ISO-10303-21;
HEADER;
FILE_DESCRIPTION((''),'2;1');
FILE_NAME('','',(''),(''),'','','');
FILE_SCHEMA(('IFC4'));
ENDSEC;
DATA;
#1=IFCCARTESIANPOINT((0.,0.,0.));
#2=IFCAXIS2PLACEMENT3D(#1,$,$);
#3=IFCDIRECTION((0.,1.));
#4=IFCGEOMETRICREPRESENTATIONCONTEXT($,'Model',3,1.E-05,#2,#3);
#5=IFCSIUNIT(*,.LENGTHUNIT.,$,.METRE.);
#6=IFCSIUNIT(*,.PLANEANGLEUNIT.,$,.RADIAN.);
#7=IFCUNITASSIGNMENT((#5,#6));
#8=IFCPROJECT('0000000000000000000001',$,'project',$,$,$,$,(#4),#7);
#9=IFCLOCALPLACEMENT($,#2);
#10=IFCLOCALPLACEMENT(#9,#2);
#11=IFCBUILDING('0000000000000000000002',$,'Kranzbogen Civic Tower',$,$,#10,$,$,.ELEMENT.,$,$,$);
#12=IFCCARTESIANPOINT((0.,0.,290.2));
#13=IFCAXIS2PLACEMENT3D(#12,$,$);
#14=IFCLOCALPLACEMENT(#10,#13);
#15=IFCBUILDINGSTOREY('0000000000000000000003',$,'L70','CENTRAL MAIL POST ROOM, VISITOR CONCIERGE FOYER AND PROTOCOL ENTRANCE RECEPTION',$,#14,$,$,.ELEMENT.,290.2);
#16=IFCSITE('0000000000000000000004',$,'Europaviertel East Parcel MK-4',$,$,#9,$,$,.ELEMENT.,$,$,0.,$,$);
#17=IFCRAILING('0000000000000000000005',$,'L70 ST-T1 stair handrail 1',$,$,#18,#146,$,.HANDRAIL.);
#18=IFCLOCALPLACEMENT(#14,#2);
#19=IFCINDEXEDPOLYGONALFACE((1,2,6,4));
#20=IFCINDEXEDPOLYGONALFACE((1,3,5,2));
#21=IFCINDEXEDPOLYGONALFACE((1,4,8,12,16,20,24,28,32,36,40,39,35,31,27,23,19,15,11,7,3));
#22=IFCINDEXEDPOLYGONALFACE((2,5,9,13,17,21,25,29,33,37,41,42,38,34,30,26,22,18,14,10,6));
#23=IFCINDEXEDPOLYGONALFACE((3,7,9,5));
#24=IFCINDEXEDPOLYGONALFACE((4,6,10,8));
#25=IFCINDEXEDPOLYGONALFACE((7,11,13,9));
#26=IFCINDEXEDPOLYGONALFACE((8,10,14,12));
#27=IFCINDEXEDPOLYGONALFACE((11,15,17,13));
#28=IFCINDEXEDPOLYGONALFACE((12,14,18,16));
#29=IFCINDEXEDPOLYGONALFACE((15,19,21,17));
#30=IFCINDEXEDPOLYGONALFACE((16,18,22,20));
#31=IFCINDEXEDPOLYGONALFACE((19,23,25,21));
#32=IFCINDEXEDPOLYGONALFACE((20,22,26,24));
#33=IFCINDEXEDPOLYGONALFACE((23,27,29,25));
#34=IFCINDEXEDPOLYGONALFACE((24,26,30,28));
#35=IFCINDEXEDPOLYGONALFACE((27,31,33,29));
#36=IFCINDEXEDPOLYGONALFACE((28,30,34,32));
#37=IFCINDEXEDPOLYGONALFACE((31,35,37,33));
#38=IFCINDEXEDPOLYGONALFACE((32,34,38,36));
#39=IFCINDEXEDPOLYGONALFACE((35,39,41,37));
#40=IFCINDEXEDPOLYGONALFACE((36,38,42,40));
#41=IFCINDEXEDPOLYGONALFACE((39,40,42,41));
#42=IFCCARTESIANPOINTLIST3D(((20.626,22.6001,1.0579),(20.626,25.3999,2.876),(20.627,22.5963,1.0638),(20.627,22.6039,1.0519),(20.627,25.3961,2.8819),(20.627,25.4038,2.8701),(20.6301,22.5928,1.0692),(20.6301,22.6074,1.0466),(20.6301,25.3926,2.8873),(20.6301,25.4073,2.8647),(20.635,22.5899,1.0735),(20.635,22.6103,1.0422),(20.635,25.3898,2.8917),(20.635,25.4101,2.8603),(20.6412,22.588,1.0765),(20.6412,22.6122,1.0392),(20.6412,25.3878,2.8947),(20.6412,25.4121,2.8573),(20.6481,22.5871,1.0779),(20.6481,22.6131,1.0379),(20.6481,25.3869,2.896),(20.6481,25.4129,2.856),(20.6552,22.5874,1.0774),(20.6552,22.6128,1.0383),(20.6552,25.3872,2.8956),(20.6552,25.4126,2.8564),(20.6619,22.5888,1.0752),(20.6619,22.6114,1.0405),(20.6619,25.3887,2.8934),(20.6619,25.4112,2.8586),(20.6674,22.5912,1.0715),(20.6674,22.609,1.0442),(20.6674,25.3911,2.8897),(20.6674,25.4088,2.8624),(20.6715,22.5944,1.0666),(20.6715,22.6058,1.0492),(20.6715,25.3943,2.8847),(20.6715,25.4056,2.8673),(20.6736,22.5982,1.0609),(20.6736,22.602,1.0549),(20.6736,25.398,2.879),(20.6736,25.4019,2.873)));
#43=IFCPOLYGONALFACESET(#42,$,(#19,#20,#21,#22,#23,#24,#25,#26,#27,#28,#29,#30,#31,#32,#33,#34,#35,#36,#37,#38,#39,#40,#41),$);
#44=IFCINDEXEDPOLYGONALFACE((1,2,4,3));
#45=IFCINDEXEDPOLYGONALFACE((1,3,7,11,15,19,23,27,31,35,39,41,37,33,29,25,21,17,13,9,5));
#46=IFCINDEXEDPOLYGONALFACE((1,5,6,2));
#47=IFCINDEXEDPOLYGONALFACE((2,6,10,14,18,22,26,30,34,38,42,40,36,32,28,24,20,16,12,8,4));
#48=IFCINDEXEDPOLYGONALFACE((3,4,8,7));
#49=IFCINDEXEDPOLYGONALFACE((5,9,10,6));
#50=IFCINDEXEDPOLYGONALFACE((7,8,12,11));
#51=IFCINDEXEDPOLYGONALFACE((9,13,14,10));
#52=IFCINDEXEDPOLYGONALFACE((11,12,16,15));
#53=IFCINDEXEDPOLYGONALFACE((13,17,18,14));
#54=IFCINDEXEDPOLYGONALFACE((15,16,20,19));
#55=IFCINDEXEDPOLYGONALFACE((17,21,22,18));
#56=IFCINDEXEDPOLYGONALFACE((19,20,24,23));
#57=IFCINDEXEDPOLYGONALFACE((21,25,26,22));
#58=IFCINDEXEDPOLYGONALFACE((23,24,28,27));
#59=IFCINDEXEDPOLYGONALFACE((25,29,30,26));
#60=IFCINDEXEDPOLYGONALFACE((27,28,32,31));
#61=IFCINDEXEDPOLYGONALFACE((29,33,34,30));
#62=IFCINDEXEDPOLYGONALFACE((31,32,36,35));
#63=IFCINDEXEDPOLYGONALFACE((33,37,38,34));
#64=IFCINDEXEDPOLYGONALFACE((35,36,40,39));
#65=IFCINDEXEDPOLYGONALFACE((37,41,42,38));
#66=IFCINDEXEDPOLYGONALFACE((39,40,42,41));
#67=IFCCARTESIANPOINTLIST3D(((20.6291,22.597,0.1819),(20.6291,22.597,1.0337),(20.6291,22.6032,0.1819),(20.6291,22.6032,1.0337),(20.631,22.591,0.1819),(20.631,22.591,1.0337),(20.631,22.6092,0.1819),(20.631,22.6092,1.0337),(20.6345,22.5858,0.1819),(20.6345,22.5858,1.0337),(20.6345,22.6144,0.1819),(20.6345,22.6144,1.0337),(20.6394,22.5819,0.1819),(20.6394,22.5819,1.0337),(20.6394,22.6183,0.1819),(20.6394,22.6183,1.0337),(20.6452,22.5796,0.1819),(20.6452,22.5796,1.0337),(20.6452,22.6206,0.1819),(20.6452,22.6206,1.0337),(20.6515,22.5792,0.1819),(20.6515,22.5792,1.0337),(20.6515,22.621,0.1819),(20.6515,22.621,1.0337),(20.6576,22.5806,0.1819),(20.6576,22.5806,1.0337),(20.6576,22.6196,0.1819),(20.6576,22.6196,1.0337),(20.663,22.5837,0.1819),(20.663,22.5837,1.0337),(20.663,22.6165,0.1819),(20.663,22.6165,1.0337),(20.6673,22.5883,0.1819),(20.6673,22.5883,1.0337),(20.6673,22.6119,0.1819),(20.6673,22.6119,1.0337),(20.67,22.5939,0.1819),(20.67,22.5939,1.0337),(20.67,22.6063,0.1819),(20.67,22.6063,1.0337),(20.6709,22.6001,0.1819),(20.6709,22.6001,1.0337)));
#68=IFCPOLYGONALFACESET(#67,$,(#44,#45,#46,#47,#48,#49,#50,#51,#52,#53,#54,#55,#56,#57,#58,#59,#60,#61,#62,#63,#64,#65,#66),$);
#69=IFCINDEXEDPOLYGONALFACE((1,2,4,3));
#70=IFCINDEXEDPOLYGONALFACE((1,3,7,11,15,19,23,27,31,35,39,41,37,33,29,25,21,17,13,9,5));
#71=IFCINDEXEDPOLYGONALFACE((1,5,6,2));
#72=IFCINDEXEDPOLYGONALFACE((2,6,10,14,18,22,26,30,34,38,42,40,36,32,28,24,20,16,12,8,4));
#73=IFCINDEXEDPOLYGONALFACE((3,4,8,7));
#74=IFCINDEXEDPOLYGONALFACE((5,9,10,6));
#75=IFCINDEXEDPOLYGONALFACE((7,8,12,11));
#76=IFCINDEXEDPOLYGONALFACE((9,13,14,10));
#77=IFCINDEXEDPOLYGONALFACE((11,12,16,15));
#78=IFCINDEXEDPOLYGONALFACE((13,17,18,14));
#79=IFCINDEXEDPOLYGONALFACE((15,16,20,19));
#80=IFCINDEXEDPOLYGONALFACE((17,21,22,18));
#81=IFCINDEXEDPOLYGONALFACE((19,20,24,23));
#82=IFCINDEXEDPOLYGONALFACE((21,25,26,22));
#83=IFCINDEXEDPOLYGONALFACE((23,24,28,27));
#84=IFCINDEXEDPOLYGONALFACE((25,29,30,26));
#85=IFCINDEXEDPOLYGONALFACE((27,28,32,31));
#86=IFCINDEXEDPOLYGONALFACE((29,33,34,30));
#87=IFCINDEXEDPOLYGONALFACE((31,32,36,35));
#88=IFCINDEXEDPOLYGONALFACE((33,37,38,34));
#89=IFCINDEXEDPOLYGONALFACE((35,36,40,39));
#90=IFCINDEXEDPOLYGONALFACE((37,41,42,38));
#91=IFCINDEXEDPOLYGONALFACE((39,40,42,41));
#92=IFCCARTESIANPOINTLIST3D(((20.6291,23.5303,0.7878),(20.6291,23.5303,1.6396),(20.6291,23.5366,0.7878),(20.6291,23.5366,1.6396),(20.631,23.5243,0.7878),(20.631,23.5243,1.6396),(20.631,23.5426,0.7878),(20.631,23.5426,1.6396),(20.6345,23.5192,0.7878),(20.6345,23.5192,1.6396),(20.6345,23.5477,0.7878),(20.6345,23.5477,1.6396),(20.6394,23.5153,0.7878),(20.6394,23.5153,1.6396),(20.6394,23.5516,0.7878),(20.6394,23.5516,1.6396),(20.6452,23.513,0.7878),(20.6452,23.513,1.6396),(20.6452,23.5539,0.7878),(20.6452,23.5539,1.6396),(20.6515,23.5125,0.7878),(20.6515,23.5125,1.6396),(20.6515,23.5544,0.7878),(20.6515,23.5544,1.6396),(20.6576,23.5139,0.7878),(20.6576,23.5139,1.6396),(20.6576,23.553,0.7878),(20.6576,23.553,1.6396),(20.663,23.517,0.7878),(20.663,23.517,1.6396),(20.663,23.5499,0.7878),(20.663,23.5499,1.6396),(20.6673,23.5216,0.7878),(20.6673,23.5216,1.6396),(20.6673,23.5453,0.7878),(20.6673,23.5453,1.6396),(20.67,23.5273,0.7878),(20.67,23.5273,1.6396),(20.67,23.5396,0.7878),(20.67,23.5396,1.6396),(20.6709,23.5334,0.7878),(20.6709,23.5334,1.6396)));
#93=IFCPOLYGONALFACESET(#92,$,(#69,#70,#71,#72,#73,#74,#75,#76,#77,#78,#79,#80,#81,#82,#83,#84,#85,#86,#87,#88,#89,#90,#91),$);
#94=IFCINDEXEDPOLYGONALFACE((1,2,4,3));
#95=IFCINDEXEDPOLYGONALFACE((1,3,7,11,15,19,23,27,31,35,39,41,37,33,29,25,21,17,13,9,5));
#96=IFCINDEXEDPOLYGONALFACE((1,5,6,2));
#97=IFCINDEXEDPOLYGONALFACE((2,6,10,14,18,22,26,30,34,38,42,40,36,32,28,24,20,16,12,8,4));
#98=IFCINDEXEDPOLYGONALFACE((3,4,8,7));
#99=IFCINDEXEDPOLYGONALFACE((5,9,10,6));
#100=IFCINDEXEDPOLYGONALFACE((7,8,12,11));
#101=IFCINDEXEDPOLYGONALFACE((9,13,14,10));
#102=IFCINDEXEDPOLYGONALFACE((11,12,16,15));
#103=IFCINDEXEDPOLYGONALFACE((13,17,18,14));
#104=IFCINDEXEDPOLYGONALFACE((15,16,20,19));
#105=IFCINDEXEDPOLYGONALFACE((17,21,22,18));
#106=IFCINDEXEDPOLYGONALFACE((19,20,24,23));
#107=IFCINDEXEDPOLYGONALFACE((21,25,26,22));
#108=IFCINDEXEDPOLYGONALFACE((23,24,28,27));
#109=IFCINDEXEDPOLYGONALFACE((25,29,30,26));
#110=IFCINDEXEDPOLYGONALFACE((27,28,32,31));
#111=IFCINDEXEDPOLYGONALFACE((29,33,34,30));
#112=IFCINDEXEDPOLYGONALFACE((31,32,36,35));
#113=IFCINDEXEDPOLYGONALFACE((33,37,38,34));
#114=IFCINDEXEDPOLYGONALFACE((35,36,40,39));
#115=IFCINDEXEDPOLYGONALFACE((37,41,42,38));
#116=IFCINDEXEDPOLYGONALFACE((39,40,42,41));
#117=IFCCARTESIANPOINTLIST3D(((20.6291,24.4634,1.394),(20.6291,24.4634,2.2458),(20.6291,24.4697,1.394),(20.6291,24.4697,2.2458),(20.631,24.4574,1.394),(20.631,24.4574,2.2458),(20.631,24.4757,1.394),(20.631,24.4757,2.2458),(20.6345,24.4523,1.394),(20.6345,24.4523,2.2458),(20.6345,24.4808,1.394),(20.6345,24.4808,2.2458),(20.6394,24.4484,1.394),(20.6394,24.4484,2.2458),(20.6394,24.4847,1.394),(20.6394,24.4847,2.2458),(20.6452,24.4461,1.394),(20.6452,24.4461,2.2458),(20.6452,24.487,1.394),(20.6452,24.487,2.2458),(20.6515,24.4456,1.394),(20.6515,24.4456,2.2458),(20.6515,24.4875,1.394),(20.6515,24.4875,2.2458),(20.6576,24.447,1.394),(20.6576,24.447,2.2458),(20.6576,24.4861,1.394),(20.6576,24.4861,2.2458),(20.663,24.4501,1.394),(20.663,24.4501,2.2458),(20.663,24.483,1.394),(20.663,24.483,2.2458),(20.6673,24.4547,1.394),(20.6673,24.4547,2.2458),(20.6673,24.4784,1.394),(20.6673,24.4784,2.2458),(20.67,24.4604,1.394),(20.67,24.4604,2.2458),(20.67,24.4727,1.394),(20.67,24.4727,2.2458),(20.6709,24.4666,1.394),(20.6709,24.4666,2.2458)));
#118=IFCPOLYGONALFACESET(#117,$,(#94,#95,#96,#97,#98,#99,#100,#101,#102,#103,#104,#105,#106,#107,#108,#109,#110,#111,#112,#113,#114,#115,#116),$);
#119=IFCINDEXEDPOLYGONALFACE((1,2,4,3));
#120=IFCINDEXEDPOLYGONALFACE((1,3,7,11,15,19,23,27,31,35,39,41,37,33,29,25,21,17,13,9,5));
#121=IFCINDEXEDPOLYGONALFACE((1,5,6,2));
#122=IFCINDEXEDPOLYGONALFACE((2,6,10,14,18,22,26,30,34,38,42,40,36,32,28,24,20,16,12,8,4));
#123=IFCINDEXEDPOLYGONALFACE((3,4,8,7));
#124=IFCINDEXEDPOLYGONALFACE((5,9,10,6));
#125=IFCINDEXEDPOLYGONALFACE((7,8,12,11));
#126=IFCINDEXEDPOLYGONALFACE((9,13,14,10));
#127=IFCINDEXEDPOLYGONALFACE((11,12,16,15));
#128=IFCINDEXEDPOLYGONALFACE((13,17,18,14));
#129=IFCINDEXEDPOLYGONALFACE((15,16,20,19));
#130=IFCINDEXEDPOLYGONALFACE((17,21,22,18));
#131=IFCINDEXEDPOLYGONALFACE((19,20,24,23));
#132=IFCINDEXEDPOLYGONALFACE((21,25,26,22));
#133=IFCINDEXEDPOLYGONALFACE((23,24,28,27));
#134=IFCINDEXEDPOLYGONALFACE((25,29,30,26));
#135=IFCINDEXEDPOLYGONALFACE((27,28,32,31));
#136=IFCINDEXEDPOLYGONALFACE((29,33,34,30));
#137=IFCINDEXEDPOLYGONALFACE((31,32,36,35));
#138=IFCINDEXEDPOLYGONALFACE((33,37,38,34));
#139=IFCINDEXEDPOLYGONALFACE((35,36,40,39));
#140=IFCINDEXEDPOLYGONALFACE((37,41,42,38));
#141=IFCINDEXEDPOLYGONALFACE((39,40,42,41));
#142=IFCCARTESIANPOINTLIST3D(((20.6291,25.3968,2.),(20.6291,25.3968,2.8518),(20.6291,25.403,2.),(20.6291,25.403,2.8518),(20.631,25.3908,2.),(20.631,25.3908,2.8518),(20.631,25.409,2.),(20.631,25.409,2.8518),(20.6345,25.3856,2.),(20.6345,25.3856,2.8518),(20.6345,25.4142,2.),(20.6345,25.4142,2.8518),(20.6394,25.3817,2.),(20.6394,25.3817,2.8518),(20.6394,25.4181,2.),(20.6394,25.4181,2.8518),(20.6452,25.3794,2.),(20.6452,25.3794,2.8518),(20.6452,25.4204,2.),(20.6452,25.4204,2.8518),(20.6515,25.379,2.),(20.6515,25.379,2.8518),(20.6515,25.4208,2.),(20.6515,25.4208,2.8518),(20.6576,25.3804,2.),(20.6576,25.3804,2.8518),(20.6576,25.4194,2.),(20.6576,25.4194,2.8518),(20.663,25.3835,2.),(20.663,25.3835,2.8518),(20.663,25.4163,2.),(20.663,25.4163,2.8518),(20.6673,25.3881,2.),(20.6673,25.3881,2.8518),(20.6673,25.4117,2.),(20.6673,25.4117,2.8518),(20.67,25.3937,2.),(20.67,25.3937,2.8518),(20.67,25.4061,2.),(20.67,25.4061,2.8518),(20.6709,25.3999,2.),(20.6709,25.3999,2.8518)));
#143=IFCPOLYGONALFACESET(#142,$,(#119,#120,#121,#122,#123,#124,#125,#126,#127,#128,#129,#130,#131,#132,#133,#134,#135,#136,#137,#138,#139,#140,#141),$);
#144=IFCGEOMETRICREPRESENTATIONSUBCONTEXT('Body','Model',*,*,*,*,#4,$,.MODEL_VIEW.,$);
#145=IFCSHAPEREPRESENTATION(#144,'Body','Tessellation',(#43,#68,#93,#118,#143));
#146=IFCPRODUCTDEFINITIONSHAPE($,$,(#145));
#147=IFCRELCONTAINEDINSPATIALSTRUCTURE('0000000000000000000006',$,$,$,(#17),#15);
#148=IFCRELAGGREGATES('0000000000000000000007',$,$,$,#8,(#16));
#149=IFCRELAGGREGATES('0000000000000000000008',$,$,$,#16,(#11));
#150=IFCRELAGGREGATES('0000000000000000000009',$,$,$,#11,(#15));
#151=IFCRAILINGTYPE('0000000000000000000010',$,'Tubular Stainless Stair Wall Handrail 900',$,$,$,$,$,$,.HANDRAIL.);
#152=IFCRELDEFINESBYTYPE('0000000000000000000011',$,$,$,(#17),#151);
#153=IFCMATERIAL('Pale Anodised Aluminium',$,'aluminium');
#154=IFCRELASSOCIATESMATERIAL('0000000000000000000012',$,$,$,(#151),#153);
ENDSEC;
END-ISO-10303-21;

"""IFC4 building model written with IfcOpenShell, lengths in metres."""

from ifc_helpers import new_model, si_unit, direction, frame, origin, origin_2d, place, context, subcontext, project, spatial, circle, extrude, material, type_object, element, save


model = new_model("IFC4")

# Units and contexts
model_context = context("Model", 3, precision=1e-05, world=origin(), true_north=direction((0.0, 1.0)))
body_context = subcontext(model_context, "Body", "Model", "MODEL_VIEW")
ifc_project = project(units=[si_unit("LENGTHUNIT", "METRE"), si_unit("PLANEANGLEUNIT", "RADIAN")], contexts=[model_context])

# Site, building, storey
site_placement = place(None, origin())
site = spatial("IfcSite", under=ifc_project, at=site_placement, Name="Europaviertel East Parcel MK-4", CompositionType="ELEMENT", RefElevation=0.0)
building_placement = place(site_placement, origin())
building = spatial("IfcBuilding", under=site, at=building_placement, Name="Kranzbogen Civic Tower", CompositionType="ELEMENT")
storey_placement = place(building_placement, frame((0.0, 0.0, 290.2)))
storey = spatial("IfcBuildingStorey", under=building, at=storey_placement, Name="L70", Description="CENTRAL MAIL POST ROOM, VISITOR CONCIERGE FOYER AND PROTOCOL ENTRANCE RECEPTION", CompositionType="ELEMENT", Elevation=290.2)

# Shared definitions
ifc_material_1 = material(Name="Pale Anodised Aluminium", Category="aluminium")

# Railing
railing_type_1 = type_object("IfcRailingType", Name="Tubular Stainless Stair Wall Handrail 900", PredefinedType="HANDRAIL", material=ifc_material_1)
railing_1_placement = place(storey_placement, frame((20.6499, 22.6001, 0.1819)))
element("IfcRailing", 1, at=railing_1_placement, inside=storey, type_object=railing_type_1, Name="L70 ST-T1 stair handrail 1", PredefinedType="HANDRAIL", context=body_context, shape_type="SweptSolid", body=[
    extrude(circle(Radius=0.0239, at=origin_2d()), frame((0.0, 0.0, 0.876), z_axis=(0.0, 0.838684, 0.544618), x_axis=(-1.0, 0.0, 0.0)), (0.0, 0.0, 1.0), 3.3384),
    extrude(circle(Radius=0.021, at=origin_2d()), origin(), (0.0, 0.0, 1.0), 0.8518),
    extrude(circle(Radius=0.021, at=origin_2d()), frame((0.0, 0.9333, 0.606)), (0.0, 0.0, 1.0), 0.8518),
    extrude(circle(Radius=0.021, at=origin_2d()), frame((0.0, 1.8665, 1.2122)), (0.0, 0.0, 1.0), 0.8518),
    extrude(circle(Radius=0.021, at=origin_2d()), frame((0.0, 2.7998, 1.8181)), (0.0, 0.0, 1.0), 0.8518),
])

save(model, "model.ifc")
